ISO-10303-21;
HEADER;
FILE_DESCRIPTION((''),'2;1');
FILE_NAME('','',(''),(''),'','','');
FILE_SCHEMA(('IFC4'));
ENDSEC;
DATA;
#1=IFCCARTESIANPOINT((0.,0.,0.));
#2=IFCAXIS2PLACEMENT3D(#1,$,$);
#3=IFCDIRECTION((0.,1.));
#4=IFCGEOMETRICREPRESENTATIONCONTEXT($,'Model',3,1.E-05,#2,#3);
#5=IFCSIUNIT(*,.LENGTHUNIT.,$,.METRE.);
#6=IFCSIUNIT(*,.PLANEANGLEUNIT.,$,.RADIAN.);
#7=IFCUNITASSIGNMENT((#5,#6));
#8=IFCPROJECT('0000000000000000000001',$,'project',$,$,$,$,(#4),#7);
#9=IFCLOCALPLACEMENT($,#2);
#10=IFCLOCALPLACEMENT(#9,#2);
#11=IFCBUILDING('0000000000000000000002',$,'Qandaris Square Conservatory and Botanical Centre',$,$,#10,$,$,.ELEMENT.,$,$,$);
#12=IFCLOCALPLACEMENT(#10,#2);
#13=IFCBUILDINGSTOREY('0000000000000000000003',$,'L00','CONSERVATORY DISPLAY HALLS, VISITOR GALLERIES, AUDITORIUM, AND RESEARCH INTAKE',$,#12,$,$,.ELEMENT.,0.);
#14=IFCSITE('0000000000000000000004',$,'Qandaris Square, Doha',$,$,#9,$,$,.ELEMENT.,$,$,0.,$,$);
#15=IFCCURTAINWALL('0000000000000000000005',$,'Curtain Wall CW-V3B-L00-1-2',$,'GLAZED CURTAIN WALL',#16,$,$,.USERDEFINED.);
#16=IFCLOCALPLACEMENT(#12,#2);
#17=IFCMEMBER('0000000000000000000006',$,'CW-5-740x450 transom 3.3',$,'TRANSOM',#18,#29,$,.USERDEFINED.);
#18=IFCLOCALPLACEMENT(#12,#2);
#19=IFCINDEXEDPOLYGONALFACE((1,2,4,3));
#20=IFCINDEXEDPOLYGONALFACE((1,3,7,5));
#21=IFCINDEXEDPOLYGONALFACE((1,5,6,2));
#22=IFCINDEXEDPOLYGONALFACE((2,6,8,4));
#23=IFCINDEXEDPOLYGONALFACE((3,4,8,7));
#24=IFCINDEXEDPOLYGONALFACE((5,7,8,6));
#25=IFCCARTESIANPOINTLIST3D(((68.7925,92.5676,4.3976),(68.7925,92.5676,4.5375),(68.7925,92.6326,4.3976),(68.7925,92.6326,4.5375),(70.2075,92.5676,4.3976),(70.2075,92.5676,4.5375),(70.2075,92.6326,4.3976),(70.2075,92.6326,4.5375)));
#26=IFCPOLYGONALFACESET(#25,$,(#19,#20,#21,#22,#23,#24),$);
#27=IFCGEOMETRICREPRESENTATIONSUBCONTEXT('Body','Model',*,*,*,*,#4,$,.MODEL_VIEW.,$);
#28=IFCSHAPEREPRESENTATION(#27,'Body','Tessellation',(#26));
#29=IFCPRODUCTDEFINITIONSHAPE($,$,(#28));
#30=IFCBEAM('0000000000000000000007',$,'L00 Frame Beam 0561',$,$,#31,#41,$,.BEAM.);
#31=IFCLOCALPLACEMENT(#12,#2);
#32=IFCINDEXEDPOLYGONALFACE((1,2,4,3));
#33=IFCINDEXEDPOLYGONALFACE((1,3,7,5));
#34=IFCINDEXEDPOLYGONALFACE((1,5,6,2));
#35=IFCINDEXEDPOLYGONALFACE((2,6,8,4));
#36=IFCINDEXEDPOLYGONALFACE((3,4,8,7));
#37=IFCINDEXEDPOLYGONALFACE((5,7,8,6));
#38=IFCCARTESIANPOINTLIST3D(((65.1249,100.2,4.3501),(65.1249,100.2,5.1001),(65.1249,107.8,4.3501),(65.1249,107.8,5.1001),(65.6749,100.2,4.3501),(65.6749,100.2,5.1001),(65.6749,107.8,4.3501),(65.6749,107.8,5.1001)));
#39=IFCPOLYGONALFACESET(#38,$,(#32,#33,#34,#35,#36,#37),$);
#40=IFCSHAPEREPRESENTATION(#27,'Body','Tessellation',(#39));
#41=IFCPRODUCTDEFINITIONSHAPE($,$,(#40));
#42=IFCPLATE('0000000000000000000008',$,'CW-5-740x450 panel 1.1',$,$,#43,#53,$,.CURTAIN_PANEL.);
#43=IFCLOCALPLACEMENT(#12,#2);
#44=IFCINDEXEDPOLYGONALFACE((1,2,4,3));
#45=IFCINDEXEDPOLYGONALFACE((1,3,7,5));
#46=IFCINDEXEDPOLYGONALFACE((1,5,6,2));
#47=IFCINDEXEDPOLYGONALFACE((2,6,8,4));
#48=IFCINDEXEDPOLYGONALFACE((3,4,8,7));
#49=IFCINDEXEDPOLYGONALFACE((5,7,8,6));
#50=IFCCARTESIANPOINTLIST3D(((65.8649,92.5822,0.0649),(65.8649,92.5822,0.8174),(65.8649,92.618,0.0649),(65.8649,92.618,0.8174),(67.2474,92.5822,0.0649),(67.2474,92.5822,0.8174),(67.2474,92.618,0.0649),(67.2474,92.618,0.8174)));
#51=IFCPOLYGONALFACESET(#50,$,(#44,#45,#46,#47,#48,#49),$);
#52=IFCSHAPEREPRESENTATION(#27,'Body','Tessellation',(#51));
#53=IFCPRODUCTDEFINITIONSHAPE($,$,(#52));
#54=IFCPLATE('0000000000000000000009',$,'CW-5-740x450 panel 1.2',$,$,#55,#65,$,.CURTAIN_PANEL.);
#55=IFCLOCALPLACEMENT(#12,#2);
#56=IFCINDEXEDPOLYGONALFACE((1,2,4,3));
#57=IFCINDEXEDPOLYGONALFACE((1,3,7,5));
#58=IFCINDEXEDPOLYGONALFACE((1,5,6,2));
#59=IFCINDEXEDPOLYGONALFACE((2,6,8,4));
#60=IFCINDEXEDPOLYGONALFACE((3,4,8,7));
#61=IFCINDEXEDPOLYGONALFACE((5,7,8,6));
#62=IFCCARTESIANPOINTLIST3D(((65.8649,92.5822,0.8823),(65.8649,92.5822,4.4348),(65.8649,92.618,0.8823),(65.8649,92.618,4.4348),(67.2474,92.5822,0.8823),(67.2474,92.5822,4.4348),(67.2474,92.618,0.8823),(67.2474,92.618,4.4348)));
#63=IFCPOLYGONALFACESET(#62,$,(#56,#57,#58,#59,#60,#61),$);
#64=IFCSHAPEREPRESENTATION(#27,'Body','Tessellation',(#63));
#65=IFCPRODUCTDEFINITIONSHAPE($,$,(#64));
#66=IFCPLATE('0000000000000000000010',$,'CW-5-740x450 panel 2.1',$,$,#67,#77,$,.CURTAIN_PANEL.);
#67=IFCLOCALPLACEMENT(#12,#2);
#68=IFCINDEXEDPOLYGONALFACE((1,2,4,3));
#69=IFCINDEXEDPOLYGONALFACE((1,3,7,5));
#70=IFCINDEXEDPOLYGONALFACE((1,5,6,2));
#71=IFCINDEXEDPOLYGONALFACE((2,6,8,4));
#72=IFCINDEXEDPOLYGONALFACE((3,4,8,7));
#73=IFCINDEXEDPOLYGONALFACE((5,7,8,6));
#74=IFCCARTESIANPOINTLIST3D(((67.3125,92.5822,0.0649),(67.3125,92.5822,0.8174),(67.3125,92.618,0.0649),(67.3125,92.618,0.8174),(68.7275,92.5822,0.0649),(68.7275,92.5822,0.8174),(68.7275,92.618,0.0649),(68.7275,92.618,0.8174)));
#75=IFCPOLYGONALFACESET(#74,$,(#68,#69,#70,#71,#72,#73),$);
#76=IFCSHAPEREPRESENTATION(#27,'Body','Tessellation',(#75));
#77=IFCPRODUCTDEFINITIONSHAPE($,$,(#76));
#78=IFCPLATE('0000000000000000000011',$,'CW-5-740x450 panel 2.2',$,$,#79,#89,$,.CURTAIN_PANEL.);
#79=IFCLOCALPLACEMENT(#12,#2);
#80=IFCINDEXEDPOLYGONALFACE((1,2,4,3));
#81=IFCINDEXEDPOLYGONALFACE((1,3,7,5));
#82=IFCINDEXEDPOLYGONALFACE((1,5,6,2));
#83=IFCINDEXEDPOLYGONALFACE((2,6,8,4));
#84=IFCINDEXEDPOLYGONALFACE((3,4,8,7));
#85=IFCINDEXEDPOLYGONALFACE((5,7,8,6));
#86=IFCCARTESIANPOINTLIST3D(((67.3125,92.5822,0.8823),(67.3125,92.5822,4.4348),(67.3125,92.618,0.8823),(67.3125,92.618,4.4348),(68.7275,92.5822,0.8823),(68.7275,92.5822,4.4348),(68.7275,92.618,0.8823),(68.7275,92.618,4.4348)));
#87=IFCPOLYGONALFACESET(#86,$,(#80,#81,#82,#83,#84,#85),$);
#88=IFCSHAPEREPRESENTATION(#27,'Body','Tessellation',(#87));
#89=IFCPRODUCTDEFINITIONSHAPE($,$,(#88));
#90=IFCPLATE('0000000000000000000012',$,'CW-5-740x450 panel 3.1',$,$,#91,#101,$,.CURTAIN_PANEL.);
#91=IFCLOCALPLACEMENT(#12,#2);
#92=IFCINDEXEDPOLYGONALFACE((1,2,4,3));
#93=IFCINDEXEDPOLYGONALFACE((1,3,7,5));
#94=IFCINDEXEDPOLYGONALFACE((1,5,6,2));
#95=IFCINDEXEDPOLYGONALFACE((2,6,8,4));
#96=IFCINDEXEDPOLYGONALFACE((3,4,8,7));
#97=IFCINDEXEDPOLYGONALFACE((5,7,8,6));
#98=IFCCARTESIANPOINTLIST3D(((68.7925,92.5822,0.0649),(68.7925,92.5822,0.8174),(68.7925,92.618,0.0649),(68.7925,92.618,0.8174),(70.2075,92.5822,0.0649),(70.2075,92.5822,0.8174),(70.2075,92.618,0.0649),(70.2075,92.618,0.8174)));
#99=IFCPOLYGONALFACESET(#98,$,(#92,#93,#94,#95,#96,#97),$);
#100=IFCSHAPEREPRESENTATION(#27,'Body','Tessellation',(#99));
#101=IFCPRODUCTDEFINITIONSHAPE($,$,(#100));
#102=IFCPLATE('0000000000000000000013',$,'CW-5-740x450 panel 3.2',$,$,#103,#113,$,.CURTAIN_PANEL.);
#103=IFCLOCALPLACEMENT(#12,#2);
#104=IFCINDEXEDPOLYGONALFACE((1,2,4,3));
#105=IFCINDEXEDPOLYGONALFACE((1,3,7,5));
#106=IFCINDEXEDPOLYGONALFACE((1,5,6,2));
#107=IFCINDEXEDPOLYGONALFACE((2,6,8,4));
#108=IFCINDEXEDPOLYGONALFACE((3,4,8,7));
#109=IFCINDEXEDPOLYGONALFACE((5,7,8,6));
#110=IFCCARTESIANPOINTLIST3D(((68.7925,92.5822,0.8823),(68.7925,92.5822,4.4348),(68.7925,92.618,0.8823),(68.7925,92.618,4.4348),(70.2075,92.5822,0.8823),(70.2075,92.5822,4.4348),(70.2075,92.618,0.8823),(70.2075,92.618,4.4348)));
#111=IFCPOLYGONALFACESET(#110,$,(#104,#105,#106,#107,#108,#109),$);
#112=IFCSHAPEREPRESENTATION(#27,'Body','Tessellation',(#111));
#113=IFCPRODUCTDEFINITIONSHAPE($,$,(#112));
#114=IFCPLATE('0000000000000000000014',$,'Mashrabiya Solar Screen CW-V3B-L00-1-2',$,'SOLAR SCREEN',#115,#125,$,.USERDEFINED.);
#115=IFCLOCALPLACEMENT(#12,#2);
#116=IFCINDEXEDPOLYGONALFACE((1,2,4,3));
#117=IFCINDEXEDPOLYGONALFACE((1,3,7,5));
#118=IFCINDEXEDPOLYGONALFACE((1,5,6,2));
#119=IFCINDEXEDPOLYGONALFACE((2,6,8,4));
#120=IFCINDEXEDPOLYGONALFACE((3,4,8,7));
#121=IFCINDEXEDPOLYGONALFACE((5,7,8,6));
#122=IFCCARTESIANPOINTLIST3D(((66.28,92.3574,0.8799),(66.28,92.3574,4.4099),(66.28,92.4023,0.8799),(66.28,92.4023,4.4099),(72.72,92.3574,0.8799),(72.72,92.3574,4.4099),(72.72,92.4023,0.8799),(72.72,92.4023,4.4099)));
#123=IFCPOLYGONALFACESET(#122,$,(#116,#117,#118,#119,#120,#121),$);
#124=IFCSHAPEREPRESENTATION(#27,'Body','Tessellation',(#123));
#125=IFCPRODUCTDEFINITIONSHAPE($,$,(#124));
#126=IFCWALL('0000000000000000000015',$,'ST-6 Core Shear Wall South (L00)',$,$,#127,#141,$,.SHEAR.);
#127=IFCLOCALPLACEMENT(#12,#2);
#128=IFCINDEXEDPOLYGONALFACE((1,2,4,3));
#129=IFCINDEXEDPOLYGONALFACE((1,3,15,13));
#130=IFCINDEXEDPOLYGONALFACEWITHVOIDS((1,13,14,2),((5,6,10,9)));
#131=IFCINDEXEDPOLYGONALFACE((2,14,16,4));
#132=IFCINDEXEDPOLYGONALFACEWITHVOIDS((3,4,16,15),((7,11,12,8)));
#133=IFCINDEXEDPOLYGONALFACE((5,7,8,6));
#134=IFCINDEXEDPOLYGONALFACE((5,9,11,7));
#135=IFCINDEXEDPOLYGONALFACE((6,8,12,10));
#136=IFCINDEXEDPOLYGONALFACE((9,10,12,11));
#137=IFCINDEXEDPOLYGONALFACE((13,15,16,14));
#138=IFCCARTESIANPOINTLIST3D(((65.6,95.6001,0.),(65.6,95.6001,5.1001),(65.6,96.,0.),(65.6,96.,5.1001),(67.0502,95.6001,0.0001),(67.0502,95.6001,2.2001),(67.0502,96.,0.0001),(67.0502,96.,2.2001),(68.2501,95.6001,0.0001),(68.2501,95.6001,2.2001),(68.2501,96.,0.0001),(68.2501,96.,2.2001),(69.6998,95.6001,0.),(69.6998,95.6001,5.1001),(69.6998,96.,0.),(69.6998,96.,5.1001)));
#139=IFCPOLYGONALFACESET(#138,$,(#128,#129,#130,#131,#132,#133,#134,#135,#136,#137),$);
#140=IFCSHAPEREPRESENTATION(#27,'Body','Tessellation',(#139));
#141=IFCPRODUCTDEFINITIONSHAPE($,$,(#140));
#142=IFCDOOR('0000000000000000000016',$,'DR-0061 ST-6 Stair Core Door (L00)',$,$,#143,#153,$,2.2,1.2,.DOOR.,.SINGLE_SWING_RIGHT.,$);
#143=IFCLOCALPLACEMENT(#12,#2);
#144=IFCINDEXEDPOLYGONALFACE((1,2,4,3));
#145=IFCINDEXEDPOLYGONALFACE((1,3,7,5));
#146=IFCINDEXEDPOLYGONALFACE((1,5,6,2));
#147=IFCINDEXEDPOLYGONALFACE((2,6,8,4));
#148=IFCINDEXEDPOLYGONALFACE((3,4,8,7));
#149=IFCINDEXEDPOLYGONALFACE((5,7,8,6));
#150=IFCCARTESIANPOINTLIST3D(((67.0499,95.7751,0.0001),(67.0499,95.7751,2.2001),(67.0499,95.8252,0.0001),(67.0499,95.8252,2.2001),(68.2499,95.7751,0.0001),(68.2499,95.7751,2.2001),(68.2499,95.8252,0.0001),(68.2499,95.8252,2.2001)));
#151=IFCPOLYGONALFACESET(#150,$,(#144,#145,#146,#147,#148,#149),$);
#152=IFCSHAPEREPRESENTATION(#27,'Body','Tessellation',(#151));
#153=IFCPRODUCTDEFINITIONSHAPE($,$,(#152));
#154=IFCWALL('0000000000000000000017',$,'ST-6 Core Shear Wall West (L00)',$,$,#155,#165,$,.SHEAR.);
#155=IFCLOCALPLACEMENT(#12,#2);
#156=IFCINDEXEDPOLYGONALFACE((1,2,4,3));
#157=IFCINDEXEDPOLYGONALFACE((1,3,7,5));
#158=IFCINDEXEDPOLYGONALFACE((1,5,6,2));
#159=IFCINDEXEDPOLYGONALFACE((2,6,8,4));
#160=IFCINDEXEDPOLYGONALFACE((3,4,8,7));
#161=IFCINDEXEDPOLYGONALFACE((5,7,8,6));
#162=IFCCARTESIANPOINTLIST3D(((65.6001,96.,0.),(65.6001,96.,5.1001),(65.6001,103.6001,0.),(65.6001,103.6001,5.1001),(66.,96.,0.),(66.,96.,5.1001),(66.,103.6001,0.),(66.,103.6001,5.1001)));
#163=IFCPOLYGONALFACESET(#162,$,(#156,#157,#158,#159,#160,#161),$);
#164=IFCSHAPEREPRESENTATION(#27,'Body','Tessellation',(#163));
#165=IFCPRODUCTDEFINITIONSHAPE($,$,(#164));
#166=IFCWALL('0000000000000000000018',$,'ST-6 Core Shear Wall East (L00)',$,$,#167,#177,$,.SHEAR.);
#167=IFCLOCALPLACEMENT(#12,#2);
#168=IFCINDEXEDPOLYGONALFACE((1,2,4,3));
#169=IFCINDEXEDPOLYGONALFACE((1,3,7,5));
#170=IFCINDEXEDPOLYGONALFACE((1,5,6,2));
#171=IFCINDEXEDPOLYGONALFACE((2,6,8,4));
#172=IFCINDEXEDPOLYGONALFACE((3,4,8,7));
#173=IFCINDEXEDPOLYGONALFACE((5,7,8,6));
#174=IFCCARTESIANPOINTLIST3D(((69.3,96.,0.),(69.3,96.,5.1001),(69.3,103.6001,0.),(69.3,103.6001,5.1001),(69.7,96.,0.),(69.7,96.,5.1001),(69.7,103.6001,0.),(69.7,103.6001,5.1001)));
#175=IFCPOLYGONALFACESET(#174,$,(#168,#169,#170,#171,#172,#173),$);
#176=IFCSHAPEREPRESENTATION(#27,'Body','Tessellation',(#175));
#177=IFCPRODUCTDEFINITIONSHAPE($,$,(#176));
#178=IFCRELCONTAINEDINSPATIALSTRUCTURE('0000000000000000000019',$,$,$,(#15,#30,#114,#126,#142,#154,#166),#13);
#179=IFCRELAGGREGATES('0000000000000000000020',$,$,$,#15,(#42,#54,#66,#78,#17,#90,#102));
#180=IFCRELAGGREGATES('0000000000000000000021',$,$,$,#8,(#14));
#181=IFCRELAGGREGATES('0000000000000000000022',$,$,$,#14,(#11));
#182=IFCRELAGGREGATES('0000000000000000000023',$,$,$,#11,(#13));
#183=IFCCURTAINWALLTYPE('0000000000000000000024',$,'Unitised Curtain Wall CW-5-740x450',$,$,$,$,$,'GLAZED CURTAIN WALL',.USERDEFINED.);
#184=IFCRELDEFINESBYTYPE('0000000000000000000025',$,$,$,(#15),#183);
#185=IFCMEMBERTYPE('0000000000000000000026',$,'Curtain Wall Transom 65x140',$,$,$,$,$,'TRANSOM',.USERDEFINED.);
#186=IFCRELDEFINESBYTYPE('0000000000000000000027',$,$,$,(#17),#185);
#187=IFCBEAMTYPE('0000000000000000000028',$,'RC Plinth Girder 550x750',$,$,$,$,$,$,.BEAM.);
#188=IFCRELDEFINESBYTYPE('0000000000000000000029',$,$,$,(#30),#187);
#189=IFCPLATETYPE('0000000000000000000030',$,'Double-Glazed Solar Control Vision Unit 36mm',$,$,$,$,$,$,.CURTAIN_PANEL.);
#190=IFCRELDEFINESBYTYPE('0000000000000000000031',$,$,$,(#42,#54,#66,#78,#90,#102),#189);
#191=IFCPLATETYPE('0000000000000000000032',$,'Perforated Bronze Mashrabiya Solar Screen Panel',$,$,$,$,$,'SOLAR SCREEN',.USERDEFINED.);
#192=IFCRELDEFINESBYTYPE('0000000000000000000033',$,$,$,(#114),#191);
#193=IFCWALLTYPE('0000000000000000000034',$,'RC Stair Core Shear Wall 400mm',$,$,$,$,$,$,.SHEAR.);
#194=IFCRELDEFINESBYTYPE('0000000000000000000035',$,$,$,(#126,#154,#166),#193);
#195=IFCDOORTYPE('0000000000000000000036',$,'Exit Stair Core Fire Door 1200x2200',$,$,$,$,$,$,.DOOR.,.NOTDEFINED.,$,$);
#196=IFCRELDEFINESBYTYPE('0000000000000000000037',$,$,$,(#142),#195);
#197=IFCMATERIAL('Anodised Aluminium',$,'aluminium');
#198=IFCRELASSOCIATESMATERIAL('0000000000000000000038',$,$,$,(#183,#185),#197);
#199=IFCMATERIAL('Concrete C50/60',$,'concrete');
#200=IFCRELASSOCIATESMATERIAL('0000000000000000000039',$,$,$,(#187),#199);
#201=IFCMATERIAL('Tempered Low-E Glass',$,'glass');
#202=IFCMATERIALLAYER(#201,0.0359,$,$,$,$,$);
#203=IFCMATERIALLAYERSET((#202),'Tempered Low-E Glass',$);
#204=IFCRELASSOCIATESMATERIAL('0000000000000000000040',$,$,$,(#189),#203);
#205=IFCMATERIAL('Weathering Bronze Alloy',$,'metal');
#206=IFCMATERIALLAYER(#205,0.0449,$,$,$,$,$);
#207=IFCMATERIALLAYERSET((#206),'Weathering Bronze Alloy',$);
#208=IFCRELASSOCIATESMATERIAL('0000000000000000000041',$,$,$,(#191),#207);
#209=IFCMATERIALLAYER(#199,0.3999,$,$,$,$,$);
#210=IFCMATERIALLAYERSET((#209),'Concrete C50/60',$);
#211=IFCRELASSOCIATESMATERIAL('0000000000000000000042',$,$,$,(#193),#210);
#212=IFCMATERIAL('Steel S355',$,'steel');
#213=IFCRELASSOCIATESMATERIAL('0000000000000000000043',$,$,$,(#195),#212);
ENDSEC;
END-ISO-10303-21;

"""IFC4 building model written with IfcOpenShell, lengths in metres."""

from ifc_helpers import new_model, si_unit, direction, frame, frame_2d, origin, origin_2d, place, context, subcontext, project, spatial, rectangle, extrude, material, layer, layer_set, material_profile, profile_set, type_object, element, fill, aggregate, save


model = new_model("IFC4")

# Units and contexts
model_context = context("Model", 3, precision=1e-05, world=origin(), true_north=direction((0.0, 1.0)))
body_context = subcontext(model_context, "Body", "Model", "MODEL_VIEW")
ifc_project = project(units=[si_unit("LENGTHUNIT", "METRE"), si_unit("PLANEANGLEUNIT", "RADIAN")], contexts=[model_context])

# Site, building, storey
site_placement = place(None, origin())
site = spatial("IfcSite", under=ifc_project, at=site_placement, Name="Qandaris Square, Doha", CompositionType="ELEMENT", RefElevation=0.0)
building_placement = place(site_placement, origin())
building = spatial("IfcBuilding", under=site, at=building_placement, Name="Qandaris Square Conservatory and Botanical Centre", CompositionType="ELEMENT")
storey_placement = place(building_placement, origin())
storey = spatial("IfcBuildingStorey", under=building, at=storey_placement, Name="L00", Description="CONSERVATORY DISPLAY HALLS, VISITOR GALLERIES, AUDITORIUM, AND RESEARCH INTAKE", CompositionType="ELEMENT", Elevation=0.0)

# Shared definitions
ifc_material_1 = material(Name="Concrete C50/60", Category="concrete")

# Shared definitions
ifc_material_2 = material(Name="Steel S355", Category="steel")

# Curtain wall, member
ifc_material_3 = material(Name="Anodised Aluminium", Category="aluminium")
curtain_wall_type = type_object("IfcCurtainWallType", Name="Unitised Curtain Wall CW-5-740x450", ElementType="GLAZED CURTAIN WALL", PredefinedType="USERDEFINED", material=ifc_material_3)
curtain_wall_placement = place(storey_placement, origin())
curtain_wall = element("IfcCurtainWall", 1, at=curtain_wall_placement, inside=storey, type_object=curtain_wall_type, Name="Curtain Wall CW-V3B-L00-1-2", ObjectType="GLAZED CURTAIN WALL", PredefinedType="USERDEFINED")
ifc_material_profile_1 = material_profile(ifc_material_3, rectangle(XDim=0.0649, YDim=0.1399, at=origin_2d()), Name="ALU-TRN 65x140")
ifc_profile_set_1 = profile_set([ifc_material_profile_1], Name="Anodised Aluminium")
member_type_1 = type_object("IfcMemberType", Name="Curtain Wall Transom 65x140", ElementType="TRANSOM", PredefinedType="USERDEFINED", material=ifc_profile_set_1)
member_1_placement = place(storey_placement, frame((68.7925, 92.6001, 4.4675), z_axis=(1.0, 0.0, 0.0), x_axis=(0.0, 1.0, 0.0)))
member_1 = element("IfcMember", 2, at=member_1_placement, type_object=member_type_1, Name="CW-5-740x450 transom 3.3", ObjectType="TRANSOM", PredefinedType="USERDEFINED", context=body_context, shape_type="SweptSolid", body=[
    extrude(rectangle(XDim=0.0649, YDim=0.1399, at=origin_2d()), origin(), (0.0, 0.0, 1.0), 1.415),
])

# Beam
ifc_material_profile_2 = material_profile(ifc_material_1, rectangle(XDim=0.55, YDim=0.75, at=origin_2d()), Name="RC-BM 550x750")
ifc_profile_set_2 = profile_set([ifc_material_profile_2], Name="Concrete C50/60")
beam_type_1 = type_object("IfcBeamType", Name="RC Plinth Girder 550x750", PredefinedType="BEAM", material=ifc_profile_set_2)
beam_1_placement = place(storey_placement, frame((65.3999, 100.2, 4.7251), z_axis=(0.0, 1.0, 0.0), x_axis=(-1.0, 0.0, 0.0)))
element("IfcBeam", 3, at=beam_1_placement, inside=storey, type_object=beam_type_1, Name="L00 Frame Beam 0561", PredefinedType="BEAM", context=body_context, shape_type="SweptSolid", body=[
    extrude(rectangle(XDim=0.55, YDim=0.75, at=origin_2d()), origin(), (0.0, 0.0, 1.0), 7.6001),
])

# Plates
ifc_material_4 = material(Name="Tempered Low-E Glass", Category="glass")
ifc_layer_1 = layer(ifc_material_4, 0.0359)
ifc_layer_set_1 = layer_set([ifc_layer_1], Name="Tempered Low-E Glass")
plate_type_1 = type_object("IfcPlateType", Name="Double-Glazed Solar Control Vision Unit 36mm", PredefinedType="CURTAIN_PANEL", material=ifc_layer_set_1)
plate_1_placement = place(storey_placement, frame((66.5562, 92.6001, 0.0649), z_axis=(0.0, 0.0, 1.0), x_axis=(1.0, 0.0, 0.0)))
plate_1 = element("IfcPlate", 4, at=plate_1_placement, type_object=plate_type_1, Name="CW-5-740x450 panel 1.1", PredefinedType="CURTAIN_PANEL", context=body_context, shape_type="SweptSolid", body=[
    extrude(rectangle(XDim=1.3826, YDim=0.0359, at=origin_2d()), origin(), (0.0, 0.0, 1.0), 0.7524),
])
plate_2_placement = place(storey_placement, frame((66.5562, 92.6001, 0.8823), z_axis=(0.0, 0.0, 1.0), x_axis=(1.0, 0.0, 0.0)))
plate_2 = element("IfcPlate", 5, at=plate_2_placement, type_object=plate_type_1, Name="CW-5-740x450 panel 1.2", PredefinedType="CURTAIN_PANEL", context=body_context, shape_type="SweptSolid", body=[
    extrude(rectangle(XDim=1.3826, YDim=0.0359, at=origin_2d()), origin(), (0.0, 0.0, 1.0), 3.5525),
])
plate_3_placement = place(storey_placement, frame((68.02, 92.6001, 0.0649), z_axis=(0.0, 0.0, 1.0), x_axis=(1.0, 0.0, 0.0)))
plate_3 = element("IfcPlate", 6, at=plate_3_placement, type_object=plate_type_1, Name="CW-5-740x450 panel 2.1", PredefinedType="CURTAIN_PANEL", context=body_context, shape_type="SweptSolid", body=[
    extrude(rectangle(XDim=1.415, YDim=0.0359, at=origin_2d()), origin(), (0.0, 0.0, 1.0), 0.7524),
])
plate_4_placement = place(storey_placement, frame((68.02, 92.6001, 0.8823), z_axis=(0.0, 0.0, 1.0), x_axis=(1.0, 0.0, 0.0)))
plate_4 = element("IfcPlate", 7, at=plate_4_placement, type_object=plate_type_1, Name="CW-5-740x450 panel 2.2", PredefinedType="CURTAIN_PANEL", context=body_context, shape_type="SweptSolid", body=[
    extrude(rectangle(XDim=1.415, YDim=0.0359, at=origin_2d()), origin(), (0.0, 0.0, 1.0), 3.5525),
])
plate_5_placement = place(storey_placement, frame((69.5, 92.6001, 0.0649), z_axis=(0.0, 0.0, 1.0), x_axis=(1.0, 0.0, 0.0)))
plate_5 = element("IfcPlate", 8, at=plate_5_placement, type_object=plate_type_1, Name="CW-5-740x450 panel 3.1", PredefinedType="CURTAIN_PANEL", context=body_context, shape_type="SweptSolid", body=[
    extrude(rectangle(XDim=1.415, YDim=0.0359, at=origin_2d()), origin(), (0.0, 0.0, 1.0), 0.7524),
])
plate_6_placement = place(storey_placement, frame((69.5, 92.6001, 0.8823), z_axis=(0.0, 0.0, 1.0), x_axis=(1.0, 0.0, 0.0)))
plate_6 = element("IfcPlate", 9, at=plate_6_placement, type_object=plate_type_1, Name="CW-5-740x450 panel 3.2", PredefinedType="CURTAIN_PANEL", context=body_context, shape_type="SweptSolid", body=[
    extrude(rectangle(XDim=1.415, YDim=0.0359, at=origin_2d()), origin(), (0.0, 0.0, 1.0), 3.5525),
])
aggregate(curtain_wall, [plate_1, plate_2, plate_3, plate_4, member_1, plate_5, plate_6])
ifc_material_5 = material(Name="Weathering Bronze Alloy", Category="metal")
ifc_layer_2 = layer(ifc_material_5, 0.0449)
ifc_layer_set_2 = layer_set([ifc_layer_2], Name="Weathering Bronze Alloy")
plate_type_2 = type_object("IfcPlateType", Name="Perforated Bronze Mashrabiya Solar Screen Panel", ElementType="SOLAR SCREEN", PredefinedType="USERDEFINED", material=ifc_layer_set_2)
plate_7_placement = place(storey_placement, frame((69.5, 92.3799, 0.8799), z_axis=(0.0, 0.0, 1.0), x_axis=(1.0, 0.0, 0.0)))
element("IfcPlate", 10, at=plate_7_placement, inside=storey, type_object=plate_type_2, Name="Mashrabiya Solar Screen CW-V3B-L00-1-2", ObjectType="SOLAR SCREEN", PredefinedType="USERDEFINED", context=body_context, shape_type="SweptSolid", body=[
    extrude(rectangle(XDim=6.4399, YDim=0.0449, at=origin_2d()), origin(), (0.0, 0.0, 1.0), 3.53),
])

# Wall, opening, door
ifc_layer_3 = layer(ifc_material_1, 0.3999)
ifc_layer_set_3 = layer_set([ifc_layer_3], Name="Concrete C50/60")
wall_type = type_object("IfcWallType", Name="RC Stair Core Shear Wall 400mm", PredefinedType="SHEAR", material=ifc_layer_set_3)
wall_placement = place(storey_placement, frame((65.6001, 95.8, 0.0), z_axis=(0.0, 0.0, 1.0), x_axis=(1.0, 0.0, 0.0)))
wall = element("IfcWall", 11, at=wall_placement, inside=storey, type_object=wall_type, Name="ST-6 Core Shear Wall South (L00)", PredefinedType="SHEAR", context=body_context, shape_type="SweptSolid", body=[
    extrude(rectangle(XDim=4.0999, YDim=0.3999, at=frame_2d((2.0498, 0.0))), origin(), (0.0, 0.0, 1.0), 5.1001),
])
opening_placement = place(wall_placement, frame((1.45, 0.0, 0.0)))
opening = element("IfcOpeningElement", 12, at=opening_placement, cuts=wall, PredefinedType="OPENING", context=body_context, shape_type="SweptSolid", body=[
    extrude(rectangle(XDim=1.2, YDim=2.2, at=frame_2d((0.6001, 1.1001))), frame((0.0, 0.2119, 0.0), z_axis=(0.0, -1.0, 0.0), x_axis=(1.0, 0.0, 0.0)), (0.0, 0.0, 1.0), 0.4238),
])
door_type = type_object("IfcDoorType", Name="Exit Stair Core Fire Door 1200x2200", OperationType="NOTDEFINED", PredefinedType="DOOR", material=ifc_material_2)
door_placement = place(opening_placement, frame((1.2, 0.0, 0.0), z_axis=(0.0, 0.0, 1.0), x_axis=(-1.0, 0.0, 0.0)))
door = element("IfcDoor", 13, at=door_placement, inside=storey, type_object=door_type, Name="DR-0061 ST-6 Stair Core Door (L00)", OperationType="SINGLE_SWING_RIGHT", OverallHeight=2.2, OverallWidth=1.2, PredefinedType="DOOR", context=body_context, shape_type="SweptSolid", body=[
    extrude(rectangle(XDim=1.2, YDim=2.2, at=frame_2d((0.6001, 1.1001))), frame((0.0, 0.0249, 0.0), z_axis=(0.0, -1.0, 0.0), x_axis=(1.0, 0.0, 0.0)), (0.0, 0.0, 1.0), 0.05),
])
fill(opening, door)

# Walls
for number, where, z_axis, x_axis, name in (
    (14, (65.8, 96.0, 0.0), (0.0, 0.0, 1.0), (0.0, 1.0, 0.0), "ST-6 Core Shear Wall West (L00)"),
    (15, (69.5, 96.0, 0.0), (0.0, 0.0, 1.0), (0.0, 1.0, 0.0), "ST-6 Core Shear Wall East (L00)"),
):
    element("IfcWall", number, at=place(storey_placement, frame(where, z_axis=z_axis, x_axis=x_axis)), inside=storey, type_object=wall_type, Name=name, PredefinedType="SHEAR", context=body_context, shape_type="SweptSolid", body=[
        extrude(rectangle(XDim=7.6001, YDim=0.3999, at=frame_2d((3.8, 0.0))), origin(), (0.0, 0.0, 1.0), 5.1001),
    ])

save(model, "model.ifc")
